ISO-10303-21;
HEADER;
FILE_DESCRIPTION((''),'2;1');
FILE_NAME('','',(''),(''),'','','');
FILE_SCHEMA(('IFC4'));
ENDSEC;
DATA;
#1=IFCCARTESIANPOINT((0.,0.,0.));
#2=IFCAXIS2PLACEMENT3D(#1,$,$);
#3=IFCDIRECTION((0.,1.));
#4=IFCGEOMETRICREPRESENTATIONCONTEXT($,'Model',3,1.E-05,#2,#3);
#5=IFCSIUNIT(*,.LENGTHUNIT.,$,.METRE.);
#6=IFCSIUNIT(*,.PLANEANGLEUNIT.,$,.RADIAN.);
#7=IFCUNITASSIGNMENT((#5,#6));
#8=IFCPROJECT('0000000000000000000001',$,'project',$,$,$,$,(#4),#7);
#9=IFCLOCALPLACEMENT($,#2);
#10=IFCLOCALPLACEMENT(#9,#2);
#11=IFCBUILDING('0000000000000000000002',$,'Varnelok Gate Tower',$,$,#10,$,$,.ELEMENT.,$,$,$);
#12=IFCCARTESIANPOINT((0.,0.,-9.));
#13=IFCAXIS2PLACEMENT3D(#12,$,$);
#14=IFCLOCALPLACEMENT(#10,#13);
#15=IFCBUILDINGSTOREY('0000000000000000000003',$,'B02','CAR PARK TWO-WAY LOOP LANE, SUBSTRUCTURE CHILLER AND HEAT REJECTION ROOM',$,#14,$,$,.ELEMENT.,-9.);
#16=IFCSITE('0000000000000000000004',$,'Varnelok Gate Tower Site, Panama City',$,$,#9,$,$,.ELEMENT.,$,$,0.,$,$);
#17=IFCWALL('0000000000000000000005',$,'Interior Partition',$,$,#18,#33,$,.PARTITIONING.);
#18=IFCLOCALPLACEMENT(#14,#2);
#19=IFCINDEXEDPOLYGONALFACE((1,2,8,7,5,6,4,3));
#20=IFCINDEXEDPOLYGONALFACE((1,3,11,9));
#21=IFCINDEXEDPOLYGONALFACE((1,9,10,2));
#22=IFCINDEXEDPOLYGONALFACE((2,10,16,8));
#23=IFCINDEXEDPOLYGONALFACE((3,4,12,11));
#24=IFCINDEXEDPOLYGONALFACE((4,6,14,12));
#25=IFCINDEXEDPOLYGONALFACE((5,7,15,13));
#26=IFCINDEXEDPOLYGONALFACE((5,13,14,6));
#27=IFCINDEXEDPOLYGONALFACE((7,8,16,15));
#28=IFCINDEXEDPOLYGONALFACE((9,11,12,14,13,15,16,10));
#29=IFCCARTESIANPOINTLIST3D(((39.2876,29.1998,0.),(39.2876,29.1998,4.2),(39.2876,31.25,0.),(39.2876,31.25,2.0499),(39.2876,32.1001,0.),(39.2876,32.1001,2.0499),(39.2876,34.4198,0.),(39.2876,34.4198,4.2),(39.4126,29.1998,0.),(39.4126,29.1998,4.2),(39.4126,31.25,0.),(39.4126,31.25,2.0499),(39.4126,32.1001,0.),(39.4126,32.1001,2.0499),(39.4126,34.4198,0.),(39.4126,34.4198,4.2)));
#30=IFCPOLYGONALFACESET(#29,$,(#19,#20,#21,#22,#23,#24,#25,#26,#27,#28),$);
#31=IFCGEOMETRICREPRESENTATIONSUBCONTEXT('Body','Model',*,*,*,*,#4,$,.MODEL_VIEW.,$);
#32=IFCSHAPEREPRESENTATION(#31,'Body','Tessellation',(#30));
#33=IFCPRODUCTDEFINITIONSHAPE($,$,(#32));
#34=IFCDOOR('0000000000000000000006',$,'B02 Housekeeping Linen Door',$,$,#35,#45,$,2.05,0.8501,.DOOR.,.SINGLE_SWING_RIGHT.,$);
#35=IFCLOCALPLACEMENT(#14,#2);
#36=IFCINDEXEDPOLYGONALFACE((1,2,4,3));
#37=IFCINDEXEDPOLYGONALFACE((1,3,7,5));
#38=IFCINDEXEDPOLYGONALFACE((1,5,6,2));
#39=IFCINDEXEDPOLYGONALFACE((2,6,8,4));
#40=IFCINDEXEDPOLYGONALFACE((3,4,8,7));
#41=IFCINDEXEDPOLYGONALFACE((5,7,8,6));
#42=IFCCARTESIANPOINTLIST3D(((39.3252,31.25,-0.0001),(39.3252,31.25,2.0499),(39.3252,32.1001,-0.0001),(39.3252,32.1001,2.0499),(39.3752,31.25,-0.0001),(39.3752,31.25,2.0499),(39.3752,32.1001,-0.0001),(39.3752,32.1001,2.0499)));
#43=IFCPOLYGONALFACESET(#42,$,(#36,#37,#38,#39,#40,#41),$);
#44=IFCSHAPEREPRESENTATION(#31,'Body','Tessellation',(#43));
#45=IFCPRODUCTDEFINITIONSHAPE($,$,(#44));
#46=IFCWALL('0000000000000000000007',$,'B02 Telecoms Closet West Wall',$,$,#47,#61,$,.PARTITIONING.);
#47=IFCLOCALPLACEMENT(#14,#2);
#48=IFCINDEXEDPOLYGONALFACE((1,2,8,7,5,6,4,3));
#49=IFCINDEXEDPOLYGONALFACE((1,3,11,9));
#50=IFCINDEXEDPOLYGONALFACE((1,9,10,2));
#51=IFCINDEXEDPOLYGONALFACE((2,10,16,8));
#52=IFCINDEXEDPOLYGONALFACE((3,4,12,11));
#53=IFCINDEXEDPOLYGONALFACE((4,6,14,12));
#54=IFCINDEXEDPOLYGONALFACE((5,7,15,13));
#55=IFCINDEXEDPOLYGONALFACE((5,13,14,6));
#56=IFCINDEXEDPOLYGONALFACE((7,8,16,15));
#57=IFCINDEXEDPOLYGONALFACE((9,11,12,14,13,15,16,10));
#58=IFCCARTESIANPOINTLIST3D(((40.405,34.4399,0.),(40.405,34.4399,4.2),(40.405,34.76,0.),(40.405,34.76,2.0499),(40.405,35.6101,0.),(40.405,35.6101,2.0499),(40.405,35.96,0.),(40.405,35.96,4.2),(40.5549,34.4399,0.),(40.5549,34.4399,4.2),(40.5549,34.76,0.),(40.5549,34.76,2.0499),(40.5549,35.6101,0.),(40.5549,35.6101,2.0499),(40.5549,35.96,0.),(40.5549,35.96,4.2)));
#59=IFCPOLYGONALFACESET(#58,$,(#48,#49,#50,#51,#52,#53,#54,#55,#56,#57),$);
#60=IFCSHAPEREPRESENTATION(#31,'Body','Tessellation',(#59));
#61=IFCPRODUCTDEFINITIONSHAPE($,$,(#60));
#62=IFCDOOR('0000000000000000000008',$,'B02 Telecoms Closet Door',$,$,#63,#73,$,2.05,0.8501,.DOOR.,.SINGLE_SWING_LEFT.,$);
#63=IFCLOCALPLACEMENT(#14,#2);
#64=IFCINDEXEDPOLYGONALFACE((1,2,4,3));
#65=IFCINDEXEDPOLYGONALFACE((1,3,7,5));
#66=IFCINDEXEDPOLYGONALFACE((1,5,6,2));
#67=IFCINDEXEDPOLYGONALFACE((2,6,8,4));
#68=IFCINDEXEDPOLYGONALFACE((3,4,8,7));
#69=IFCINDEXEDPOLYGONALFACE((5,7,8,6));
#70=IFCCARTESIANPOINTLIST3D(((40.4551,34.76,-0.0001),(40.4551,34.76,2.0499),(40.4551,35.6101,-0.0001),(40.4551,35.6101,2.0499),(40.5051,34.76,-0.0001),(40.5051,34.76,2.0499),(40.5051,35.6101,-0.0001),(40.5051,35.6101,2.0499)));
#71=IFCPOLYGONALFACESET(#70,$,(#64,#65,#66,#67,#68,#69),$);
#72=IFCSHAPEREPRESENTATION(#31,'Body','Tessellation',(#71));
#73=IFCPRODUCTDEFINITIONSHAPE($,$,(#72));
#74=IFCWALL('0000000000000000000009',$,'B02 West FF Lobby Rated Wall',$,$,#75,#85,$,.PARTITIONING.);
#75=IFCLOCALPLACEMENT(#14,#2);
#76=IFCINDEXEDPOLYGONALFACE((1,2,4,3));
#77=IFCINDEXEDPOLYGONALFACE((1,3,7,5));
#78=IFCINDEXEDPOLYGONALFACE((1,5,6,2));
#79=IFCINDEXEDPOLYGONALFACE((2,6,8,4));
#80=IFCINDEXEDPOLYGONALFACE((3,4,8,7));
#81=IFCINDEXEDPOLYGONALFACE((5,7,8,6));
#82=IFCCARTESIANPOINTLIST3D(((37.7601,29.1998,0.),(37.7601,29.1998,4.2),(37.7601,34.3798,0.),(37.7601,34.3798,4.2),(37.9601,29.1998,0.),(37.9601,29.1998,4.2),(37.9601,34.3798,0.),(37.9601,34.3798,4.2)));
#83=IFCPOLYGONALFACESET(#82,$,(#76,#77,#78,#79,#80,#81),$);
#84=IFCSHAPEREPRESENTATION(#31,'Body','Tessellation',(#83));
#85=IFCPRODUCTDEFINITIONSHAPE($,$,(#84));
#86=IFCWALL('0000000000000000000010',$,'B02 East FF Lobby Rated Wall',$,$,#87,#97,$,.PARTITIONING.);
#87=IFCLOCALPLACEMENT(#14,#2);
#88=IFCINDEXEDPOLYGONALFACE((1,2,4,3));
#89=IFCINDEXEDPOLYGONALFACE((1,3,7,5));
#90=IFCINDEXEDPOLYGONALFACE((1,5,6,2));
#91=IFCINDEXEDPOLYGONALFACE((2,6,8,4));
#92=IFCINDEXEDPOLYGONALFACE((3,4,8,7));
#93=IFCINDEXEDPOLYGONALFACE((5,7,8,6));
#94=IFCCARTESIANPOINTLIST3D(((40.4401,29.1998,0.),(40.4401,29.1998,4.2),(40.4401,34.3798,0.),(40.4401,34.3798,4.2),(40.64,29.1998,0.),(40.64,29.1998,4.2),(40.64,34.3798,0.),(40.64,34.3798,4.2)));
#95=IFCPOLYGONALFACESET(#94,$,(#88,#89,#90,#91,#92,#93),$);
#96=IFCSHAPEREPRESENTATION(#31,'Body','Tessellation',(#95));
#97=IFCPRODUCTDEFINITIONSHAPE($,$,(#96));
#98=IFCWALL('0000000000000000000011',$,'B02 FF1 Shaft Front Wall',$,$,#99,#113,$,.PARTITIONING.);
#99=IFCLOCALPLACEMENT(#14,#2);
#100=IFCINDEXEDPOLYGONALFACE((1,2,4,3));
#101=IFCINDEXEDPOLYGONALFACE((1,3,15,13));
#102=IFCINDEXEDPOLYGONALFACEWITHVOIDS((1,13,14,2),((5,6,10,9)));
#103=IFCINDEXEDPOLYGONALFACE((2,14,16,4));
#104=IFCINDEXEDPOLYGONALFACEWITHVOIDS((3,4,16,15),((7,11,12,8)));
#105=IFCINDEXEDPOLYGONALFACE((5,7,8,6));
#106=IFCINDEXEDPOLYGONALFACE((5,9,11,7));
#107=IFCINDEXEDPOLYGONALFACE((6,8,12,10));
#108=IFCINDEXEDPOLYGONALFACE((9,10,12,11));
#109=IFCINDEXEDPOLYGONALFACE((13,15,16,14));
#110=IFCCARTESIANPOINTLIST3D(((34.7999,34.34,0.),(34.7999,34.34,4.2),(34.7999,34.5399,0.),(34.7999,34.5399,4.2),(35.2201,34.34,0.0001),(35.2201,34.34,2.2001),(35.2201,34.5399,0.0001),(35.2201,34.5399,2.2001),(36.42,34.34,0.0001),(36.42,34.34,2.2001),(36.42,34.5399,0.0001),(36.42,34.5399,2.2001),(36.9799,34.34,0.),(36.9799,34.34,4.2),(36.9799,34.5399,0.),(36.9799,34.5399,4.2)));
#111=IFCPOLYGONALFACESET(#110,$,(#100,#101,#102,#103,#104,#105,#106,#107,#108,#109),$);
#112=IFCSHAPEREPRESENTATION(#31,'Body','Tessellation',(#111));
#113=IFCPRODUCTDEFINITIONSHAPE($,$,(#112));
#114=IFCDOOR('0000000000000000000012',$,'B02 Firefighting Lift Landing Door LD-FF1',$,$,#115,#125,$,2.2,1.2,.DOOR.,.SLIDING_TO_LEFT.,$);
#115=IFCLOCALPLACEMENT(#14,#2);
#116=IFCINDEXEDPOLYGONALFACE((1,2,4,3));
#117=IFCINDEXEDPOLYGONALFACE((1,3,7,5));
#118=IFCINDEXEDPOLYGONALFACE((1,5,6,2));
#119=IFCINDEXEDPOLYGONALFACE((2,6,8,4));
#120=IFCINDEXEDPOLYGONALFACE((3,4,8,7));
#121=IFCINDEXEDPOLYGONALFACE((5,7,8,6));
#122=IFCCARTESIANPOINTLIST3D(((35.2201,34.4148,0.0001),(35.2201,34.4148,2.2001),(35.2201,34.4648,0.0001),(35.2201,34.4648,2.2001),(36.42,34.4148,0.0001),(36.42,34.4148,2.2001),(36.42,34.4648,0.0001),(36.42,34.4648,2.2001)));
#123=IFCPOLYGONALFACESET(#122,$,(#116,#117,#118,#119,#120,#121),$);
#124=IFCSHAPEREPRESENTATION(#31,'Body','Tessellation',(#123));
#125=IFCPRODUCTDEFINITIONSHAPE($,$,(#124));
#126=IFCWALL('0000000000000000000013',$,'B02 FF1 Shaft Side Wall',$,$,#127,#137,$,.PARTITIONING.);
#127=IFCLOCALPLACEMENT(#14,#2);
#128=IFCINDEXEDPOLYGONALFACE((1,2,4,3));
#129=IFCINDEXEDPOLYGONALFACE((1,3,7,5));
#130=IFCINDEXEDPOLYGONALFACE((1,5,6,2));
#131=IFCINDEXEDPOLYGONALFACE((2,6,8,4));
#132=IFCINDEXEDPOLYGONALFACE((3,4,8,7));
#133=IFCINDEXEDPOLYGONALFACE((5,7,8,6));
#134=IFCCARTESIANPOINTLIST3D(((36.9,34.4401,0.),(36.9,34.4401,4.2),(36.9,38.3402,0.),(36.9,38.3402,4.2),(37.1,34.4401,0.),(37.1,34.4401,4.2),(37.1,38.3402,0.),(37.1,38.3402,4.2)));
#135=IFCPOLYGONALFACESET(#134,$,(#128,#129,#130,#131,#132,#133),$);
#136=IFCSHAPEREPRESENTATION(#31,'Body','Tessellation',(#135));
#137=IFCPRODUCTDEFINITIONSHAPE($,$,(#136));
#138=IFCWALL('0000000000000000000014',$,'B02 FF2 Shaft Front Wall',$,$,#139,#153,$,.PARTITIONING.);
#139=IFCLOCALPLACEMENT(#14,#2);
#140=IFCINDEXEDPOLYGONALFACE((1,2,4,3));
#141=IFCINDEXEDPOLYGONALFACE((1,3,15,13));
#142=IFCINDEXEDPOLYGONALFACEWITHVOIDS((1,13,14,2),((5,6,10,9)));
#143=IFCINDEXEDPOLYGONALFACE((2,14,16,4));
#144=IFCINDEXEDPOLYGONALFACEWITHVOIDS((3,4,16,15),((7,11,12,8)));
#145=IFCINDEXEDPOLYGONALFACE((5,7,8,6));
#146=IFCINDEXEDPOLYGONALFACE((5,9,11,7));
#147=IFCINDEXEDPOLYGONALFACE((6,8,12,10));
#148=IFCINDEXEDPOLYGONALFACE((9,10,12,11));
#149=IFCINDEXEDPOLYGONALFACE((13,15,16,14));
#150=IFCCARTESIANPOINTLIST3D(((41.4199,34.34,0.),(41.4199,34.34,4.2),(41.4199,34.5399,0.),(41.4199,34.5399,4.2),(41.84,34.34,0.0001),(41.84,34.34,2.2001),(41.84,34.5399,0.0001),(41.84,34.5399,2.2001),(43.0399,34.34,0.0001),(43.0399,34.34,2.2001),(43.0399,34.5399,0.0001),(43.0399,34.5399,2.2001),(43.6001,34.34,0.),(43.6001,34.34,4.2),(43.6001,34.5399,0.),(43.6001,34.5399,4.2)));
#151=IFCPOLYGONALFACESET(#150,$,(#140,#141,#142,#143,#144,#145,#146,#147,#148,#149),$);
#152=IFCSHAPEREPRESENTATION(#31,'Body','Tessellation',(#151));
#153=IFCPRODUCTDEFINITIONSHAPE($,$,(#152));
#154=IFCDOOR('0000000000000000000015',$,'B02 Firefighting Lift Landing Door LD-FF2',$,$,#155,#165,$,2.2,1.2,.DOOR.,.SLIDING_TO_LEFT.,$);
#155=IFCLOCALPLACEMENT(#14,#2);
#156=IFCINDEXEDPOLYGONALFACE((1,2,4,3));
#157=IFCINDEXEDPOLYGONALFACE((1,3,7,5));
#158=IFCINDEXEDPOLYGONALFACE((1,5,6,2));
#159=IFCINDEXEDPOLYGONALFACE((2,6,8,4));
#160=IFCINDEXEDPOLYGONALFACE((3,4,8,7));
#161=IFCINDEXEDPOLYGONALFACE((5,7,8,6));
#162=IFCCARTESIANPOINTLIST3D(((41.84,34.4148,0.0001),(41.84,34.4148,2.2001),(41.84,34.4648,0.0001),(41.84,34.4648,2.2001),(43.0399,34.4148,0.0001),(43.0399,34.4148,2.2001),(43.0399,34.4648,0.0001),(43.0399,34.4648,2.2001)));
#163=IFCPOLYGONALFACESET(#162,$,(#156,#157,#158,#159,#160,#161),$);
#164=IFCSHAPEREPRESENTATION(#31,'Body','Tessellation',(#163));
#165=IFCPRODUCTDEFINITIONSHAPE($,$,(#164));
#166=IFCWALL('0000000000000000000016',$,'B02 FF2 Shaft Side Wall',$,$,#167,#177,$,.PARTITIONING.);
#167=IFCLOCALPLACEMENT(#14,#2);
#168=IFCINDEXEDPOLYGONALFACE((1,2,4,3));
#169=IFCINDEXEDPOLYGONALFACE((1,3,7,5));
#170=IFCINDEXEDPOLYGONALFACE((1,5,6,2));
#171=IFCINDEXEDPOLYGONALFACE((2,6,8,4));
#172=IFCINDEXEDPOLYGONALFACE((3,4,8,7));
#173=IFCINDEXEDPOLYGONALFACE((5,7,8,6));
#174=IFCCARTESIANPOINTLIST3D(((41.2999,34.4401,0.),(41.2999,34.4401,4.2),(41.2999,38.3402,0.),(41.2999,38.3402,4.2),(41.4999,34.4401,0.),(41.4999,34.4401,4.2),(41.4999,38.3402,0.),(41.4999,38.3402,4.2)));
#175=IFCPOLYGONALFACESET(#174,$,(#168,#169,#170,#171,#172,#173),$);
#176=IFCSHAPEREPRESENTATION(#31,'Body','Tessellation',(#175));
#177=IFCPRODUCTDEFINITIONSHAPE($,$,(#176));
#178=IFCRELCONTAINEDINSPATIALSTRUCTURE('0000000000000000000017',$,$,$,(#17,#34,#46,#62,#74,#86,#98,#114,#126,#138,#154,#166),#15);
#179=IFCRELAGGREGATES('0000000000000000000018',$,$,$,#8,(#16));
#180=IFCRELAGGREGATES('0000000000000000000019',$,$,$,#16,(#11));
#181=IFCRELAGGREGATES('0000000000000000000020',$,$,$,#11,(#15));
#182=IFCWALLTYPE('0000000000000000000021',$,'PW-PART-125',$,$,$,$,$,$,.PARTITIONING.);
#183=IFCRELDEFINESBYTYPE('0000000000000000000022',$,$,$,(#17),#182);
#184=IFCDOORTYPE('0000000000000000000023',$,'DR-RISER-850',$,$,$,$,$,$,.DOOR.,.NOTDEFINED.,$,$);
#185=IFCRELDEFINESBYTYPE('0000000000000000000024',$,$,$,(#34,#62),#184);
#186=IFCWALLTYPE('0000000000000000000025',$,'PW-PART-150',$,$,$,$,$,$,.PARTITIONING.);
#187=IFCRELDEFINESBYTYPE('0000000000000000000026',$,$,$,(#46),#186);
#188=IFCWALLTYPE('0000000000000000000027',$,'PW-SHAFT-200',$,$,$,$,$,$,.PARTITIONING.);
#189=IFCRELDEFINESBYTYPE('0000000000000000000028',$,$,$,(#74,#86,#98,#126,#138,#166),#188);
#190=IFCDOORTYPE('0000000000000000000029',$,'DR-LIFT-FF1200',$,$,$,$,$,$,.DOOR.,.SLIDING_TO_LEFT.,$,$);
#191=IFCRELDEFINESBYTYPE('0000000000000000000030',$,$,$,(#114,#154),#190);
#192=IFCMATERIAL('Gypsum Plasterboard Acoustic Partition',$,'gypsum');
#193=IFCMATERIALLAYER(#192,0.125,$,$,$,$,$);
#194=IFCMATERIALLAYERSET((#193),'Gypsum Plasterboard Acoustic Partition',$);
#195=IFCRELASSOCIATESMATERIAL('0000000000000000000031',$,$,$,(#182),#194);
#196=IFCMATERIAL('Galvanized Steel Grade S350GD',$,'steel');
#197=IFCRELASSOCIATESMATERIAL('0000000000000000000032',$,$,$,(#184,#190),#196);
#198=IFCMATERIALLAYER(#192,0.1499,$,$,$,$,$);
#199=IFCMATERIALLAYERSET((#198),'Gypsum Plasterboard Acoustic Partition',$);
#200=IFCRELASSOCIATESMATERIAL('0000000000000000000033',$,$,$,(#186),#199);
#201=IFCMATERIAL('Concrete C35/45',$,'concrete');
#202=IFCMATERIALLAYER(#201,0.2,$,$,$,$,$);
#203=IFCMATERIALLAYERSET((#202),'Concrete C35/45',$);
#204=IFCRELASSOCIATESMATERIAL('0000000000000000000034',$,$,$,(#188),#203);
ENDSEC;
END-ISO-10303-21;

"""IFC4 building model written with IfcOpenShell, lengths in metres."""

from ifc_helpers import new_model, si_unit, direction, frame, frame_2d, origin, place, context, subcontext, project, spatial, rectangle, extrude, material, layer, layer_set, type_object, element, fill, save


model = new_model("IFC4")

# Units and contexts
model_context = context("Model", 3, precision=1e-05, world=origin(), true_north=direction((0.0, 1.0)))
body_context = subcontext(model_context, "Body", "Model", "MODEL_VIEW")
ifc_project = project(units=[si_unit("LENGTHUNIT", "METRE"), si_unit("PLANEANGLEUNIT", "RADIAN")], contexts=[model_context])

# Site, building, storey
site_placement = place(None, origin())
site = spatial("IfcSite", under=ifc_project, at=site_placement, Name="Varnelok Gate Tower Site, Panama City", CompositionType="ELEMENT", RefElevation=0.0)
building_placement = place(site_placement, origin())
building = spatial("IfcBuilding", under=site, at=building_placement, Name="Varnelok Gate Tower", CompositionType="ELEMENT")
storey_placement = place(building_placement, frame((0.0, 0.0, -9.0)))
storey = spatial("IfcBuildingStorey", under=building, at=storey_placement, Name="B02", Description="CAR PARK TWO-WAY LOOP LANE, SUBSTRUCTURE CHILLER AND HEAT REJECTION ROOM", CompositionType="ELEMENT", Elevation=-9.0)

# Walls, openings, doors
ifc_material_1 = material(Name="Gypsum Plasterboard Acoustic Partition", Category="gypsum")
ifc_layer_1 = layer(ifc_material_1, 0.125)
ifc_layer_set_1 = layer_set([ifc_layer_1], Name="Gypsum Plasterboard Acoustic Partition")
wall_type_1 = type_object("IfcWallType", Name="PW-PART-125", PredefinedType="PARTITIONING", material=ifc_layer_set_1)
wall_1_placement = place(storey_placement, frame((39.3501, 29.2, 0.0), z_axis=(0.0, 0.0, 1.0), x_axis=(0.0, 1.0, 0.0)))
wall_1 = element("IfcWall", 1, at=wall_1_placement, inside=storey, type_object=wall_type_1, Name="Interior Partition", PredefinedType="PARTITIONING", context=body_context, shape_type="SweptSolid", body=[
    extrude(rectangle(XDim=5.22, YDim=0.125, at=frame_2d((2.6099, 0.0))), origin(), (0.0, 0.0, 1.0), 4.2),
])
opening_1_placement = place(wall_1_placement, frame((2.05, 0.0, 0.0)))
opening_1 = element("IfcOpeningElement", 2, at=opening_1_placement, cuts=wall_1, PredefinedType="OPENING", context=body_context, shape_type="SweptSolid", body=[
    extrude(rectangle(XDim=0.8501, YDim=2.05, at=frame_2d((0.425, 1.0249))), frame((0.0, 0.0725, 0.0), z_axis=(0.0, -1.0, 0.0), x_axis=(1.0, 0.0, 0.0)), (0.0, 0.0, 1.0), 0.145),
])
ifc_material_2 = material(Name="Galvanized Steel Grade S350GD", Category="steel")
door_type_1 = type_object("IfcDoorType", Name="DR-RISER-850", OperationType="NOTDEFINED", PredefinedType="DOOR", material=ifc_material_2)
door_1_placement = place(opening_1_placement, origin())
door_1 = element("IfcDoor", 3, at=door_1_placement, inside=storey, type_object=door_type_1, Name="B02 Housekeeping Linen Door", OperationType="SINGLE_SWING_RIGHT", OverallHeight=2.05, OverallWidth=0.8501, PredefinedType="DOOR", context=body_context, shape_type="SweptSolid", body=[
    extrude(rectangle(XDim=0.8501, YDim=2.05, at=frame_2d((0.425, 1.0249))), frame((0.0, 0.0249, 0.0), z_axis=(0.0, -1.0, 0.0), x_axis=(1.0, 0.0, 0.0)), (0.0, 0.0, 1.0), 0.05),
])
fill(opening_1, door_1)
ifc_layer_2 = layer(ifc_material_1, 0.1499)
ifc_layer_set_2 = layer_set([ifc_layer_2], Name="Gypsum Plasterboard Acoustic Partition")
wall_type_2 = type_object("IfcWallType", Name="PW-PART-150", PredefinedType="PARTITIONING", material=ifc_layer_set_2)
wall_2_placement = place(storey_placement, frame((40.48, 34.4399, 0.0), z_axis=(0.0, 0.0, 1.0), x_axis=(0.0, 1.0, 0.0)))
wall_2 = element("IfcWall", 4, at=wall_2_placement, inside=storey, type_object=wall_type_2, Name="B02 Telecoms Closet West Wall", PredefinedType="PARTITIONING", context=body_context, shape_type="SweptSolid", body=[
    extrude(rectangle(XDim=1.52, YDim=0.1499, at=frame_2d((0.76, 0.0))), origin(), (0.0, 0.0, 1.0), 4.2),
])
opening_2_placement = place(wall_2_placement, frame((0.3201, 0.0, 0.0)))
opening_2 = element("IfcOpeningElement", 5, at=opening_2_placement, cuts=wall_2, PredefinedType="OPENING", context=body_context, shape_type="SweptSolid", body=[
    extrude(rectangle(XDim=0.8501, YDim=2.05, at=frame_2d((0.425, 1.0249))), frame((0.0, 0.085, 0.0), z_axis=(0.0, -1.0, 0.0), x_axis=(1.0, 0.0, 0.0)), (0.0, 0.0, 1.0), 0.1699),
])
door_2_placement = place(opening_2_placement, origin())
door_2 = element("IfcDoor", 6, at=door_2_placement, inside=storey, type_object=door_type_1, Name="B02 Telecoms Closet Door", OperationType="SINGLE_SWING_LEFT", OverallHeight=2.05, OverallWidth=0.8501, PredefinedType="DOOR", context=body_context, shape_type="SweptSolid", body=[
    extrude(rectangle(XDim=0.8501, YDim=2.05, at=frame_2d((0.425, 1.0249))), frame((0.0, 0.0249, 0.0), z_axis=(0.0, -1.0, 0.0), x_axis=(1.0, 0.0, 0.0)), (0.0, 0.0, 1.0), 0.05),
])
fill(opening_2, door_2)

# Walls
ifc_material_3 = material(Name="Concrete C35/45", Category="concrete")
ifc_layer_3 = layer(ifc_material_3, 0.2)
ifc_layer_set_3 = layer_set([ifc_layer_3], Name="Concrete C35/45")
wall_type_3 = type_object("IfcWallType", Name="PW-SHAFT-200", PredefinedType="PARTITIONING", material=ifc_layer_set_3)
for number, where, z_axis, x_axis, name in (
    (7, (37.8601, 29.2, 0.0), (0.0, 0.0, 1.0), (0.0, 1.0, 0.0), "B02 West FF Lobby Rated Wall"),
    (8, (40.54, 29.2, 0.0), (0.0, 0.0, 1.0), (0.0, 1.0, 0.0), "B02 East FF Lobby Rated Wall"),
):
    element("IfcWall", number, at=place(storey_placement, frame(where, z_axis=z_axis, x_axis=x_axis)), inside=storey, type_object=wall_type_3, Name=name, PredefinedType="PARTITIONING", context=body_context, shape_type="SweptSolid", body=[
        extrude(rectangle(XDim=5.1799, YDim=0.2, at=frame_2d((2.5898, 0.0))), origin(), (0.0, 0.0, 1.0), 4.2),
    ])

# Wall, opening, door
wall_3_placement = place(storey_placement, frame((34.8, 34.4399, 0.0), z_axis=(0.0, 0.0, 1.0), x_axis=(1.0, 0.0, 0.0)))
wall_3 = element("IfcWall", 9, at=wall_3_placement, inside=storey, type_object=wall_type_3, Name="B02 FF1 Shaft Front Wall", PredefinedType="PARTITIONING", context=body_context, shape_type="SweptSolid", body=[
    extrude(rectangle(XDim=2.1799, YDim=0.2, at=frame_2d((1.0898, 0.0))), origin(), (0.0, 0.0, 1.0), 4.2),
])
opening_3_placement = place(wall_3_placement, frame((0.4199, 0.0, 0.0)))
opening_3 = element("IfcOpeningElement", 10, at=opening_3_placement, cuts=wall_3, PredefinedType="OPENING", context=body_context, shape_type="SweptSolid", body=[
    extrude(rectangle(XDim=1.2, YDim=2.2, at=frame_2d((0.6001, 1.1001))), frame((0.0, 0.1099, 0.0), z_axis=(0.0, -1.0, 0.0), x_axis=(1.0, 0.0, 0.0)), (0.0, 0.0, 1.0), 0.22),
])
door_type_2 = type_object("IfcDoorType", Name="DR-LIFT-FF1200", OperationType="SLIDING_TO_LEFT", PredefinedType="DOOR", material=ifc_material_2)
door_3_placement = place(opening_3_placement, origin())
door_3 = element("IfcDoor", 11, at=door_3_placement, inside=storey, type_object=door_type_2, Name="B02 Firefighting Lift Landing Door LD-FF1", OperationType="SLIDING_TO_LEFT", OverallHeight=2.2, OverallWidth=1.2, PredefinedType="DOOR", context=body_context, shape_type="SweptSolid", body=[
    extrude(rectangle(XDim=1.2, YDim=2.2, at=frame_2d((0.6001, 1.1001))), frame((0.0, 0.0249, 0.0), z_axis=(0.0, -1.0, 0.0), x_axis=(1.0, 0.0, 0.0)), (0.0, 0.0, 1.0), 0.05),
])
fill(opening_3, door_3)

# Wall
wall_4_placement = place(storey_placement, frame((37.0, 34.4399, 0.0), z_axis=(0.0, 0.0, 1.0), x_axis=(0.0, 1.0, 0.0)))
element("IfcWall", 12, at=wall_4_placement, inside=storey, type_object=wall_type_3, Name="B02 FF1 Shaft Side Wall", PredefinedType="PARTITIONING", context=body_context, shape_type="SweptSolid", body=[
    extrude(rectangle(XDim=3.9001, YDim=0.2, at=frame_2d((1.9502, 0.0))), origin(), (0.0, 0.0, 1.0), 4.2),
])

# Wall, opening, door
wall_5_placement = place(storey_placement, frame((41.4199, 34.4399, 0.0), z_axis=(0.0, 0.0, 1.0), x_axis=(1.0, 0.0, 0.0)))
wall_5 = element("IfcWall", 13, at=wall_5_placement, inside=storey, type_object=wall_type_3, Name="B02 FF2 Shaft Front Wall", PredefinedType="PARTITIONING", context=body_context, shape_type="SweptSolid", body=[
    extrude(rectangle(XDim=2.1802, YDim=0.2, at=frame_2d((1.0901, 0.0))), origin(), (0.0, 0.0, 1.0), 4.2),
])
opening_4_placement = place(wall_5_placement, frame((0.4199, 0.0, 0.0)))
opening_4 = element("IfcOpeningElement", 14, at=opening_4_placement, cuts=wall_5, PredefinedType="OPENING", context=body_context, shape_type="SweptSolid", body=[
    extrude(rectangle(XDim=1.2, YDim=2.2, at=frame_2d((0.6001, 1.1001))), frame((0.0, 0.1099, 0.0), z_axis=(0.0, -1.0, 0.0), x_axis=(1.0, 0.0, 0.0)), (0.0, 0.0, 1.0), 0.22),
])
door_4_placement = place(opening_4_placement, origin())
door_4 = element("IfcDoor", 15, at=door_4_placement, inside=storey, type_object=door_type_2, Name="B02 Firefighting Lift Landing Door LD-FF2", OperationType="SLIDING_TO_LEFT", OverallHeight=2.2, OverallWidth=1.2, PredefinedType="DOOR", context=body_context, shape_type="SweptSolid", body=[
    extrude(rectangle(XDim=1.2, YDim=2.2, at=frame_2d((0.6001, 1.1001))), frame((0.0, 0.0249, 0.0), z_axis=(0.0, -1.0, 0.0), x_axis=(1.0, 0.0, 0.0)), (0.0, 0.0, 1.0), 0.05),
])
fill(opening_4, door_4)

# Wall
wall_6_placement = place(storey_placement, frame((41.3999, 34.4399, 0.0), z_axis=(0.0, 0.0, 1.0), x_axis=(0.0, 1.0, 0.0)))
element("IfcWall", 16, at=wall_6_placement, inside=storey, type_object=wall_type_3, Name="B02 FF2 Shaft Side Wall", PredefinedType="PARTITIONING", context=body_context, shape_type="SweptSolid", body=[
    extrude(rectangle(XDim=3.9001, YDim=0.2, at=frame_2d((1.9502, 0.0))), origin(), (0.0, 0.0, 1.0), 4.2),
])

save(model, "model.ifc")
